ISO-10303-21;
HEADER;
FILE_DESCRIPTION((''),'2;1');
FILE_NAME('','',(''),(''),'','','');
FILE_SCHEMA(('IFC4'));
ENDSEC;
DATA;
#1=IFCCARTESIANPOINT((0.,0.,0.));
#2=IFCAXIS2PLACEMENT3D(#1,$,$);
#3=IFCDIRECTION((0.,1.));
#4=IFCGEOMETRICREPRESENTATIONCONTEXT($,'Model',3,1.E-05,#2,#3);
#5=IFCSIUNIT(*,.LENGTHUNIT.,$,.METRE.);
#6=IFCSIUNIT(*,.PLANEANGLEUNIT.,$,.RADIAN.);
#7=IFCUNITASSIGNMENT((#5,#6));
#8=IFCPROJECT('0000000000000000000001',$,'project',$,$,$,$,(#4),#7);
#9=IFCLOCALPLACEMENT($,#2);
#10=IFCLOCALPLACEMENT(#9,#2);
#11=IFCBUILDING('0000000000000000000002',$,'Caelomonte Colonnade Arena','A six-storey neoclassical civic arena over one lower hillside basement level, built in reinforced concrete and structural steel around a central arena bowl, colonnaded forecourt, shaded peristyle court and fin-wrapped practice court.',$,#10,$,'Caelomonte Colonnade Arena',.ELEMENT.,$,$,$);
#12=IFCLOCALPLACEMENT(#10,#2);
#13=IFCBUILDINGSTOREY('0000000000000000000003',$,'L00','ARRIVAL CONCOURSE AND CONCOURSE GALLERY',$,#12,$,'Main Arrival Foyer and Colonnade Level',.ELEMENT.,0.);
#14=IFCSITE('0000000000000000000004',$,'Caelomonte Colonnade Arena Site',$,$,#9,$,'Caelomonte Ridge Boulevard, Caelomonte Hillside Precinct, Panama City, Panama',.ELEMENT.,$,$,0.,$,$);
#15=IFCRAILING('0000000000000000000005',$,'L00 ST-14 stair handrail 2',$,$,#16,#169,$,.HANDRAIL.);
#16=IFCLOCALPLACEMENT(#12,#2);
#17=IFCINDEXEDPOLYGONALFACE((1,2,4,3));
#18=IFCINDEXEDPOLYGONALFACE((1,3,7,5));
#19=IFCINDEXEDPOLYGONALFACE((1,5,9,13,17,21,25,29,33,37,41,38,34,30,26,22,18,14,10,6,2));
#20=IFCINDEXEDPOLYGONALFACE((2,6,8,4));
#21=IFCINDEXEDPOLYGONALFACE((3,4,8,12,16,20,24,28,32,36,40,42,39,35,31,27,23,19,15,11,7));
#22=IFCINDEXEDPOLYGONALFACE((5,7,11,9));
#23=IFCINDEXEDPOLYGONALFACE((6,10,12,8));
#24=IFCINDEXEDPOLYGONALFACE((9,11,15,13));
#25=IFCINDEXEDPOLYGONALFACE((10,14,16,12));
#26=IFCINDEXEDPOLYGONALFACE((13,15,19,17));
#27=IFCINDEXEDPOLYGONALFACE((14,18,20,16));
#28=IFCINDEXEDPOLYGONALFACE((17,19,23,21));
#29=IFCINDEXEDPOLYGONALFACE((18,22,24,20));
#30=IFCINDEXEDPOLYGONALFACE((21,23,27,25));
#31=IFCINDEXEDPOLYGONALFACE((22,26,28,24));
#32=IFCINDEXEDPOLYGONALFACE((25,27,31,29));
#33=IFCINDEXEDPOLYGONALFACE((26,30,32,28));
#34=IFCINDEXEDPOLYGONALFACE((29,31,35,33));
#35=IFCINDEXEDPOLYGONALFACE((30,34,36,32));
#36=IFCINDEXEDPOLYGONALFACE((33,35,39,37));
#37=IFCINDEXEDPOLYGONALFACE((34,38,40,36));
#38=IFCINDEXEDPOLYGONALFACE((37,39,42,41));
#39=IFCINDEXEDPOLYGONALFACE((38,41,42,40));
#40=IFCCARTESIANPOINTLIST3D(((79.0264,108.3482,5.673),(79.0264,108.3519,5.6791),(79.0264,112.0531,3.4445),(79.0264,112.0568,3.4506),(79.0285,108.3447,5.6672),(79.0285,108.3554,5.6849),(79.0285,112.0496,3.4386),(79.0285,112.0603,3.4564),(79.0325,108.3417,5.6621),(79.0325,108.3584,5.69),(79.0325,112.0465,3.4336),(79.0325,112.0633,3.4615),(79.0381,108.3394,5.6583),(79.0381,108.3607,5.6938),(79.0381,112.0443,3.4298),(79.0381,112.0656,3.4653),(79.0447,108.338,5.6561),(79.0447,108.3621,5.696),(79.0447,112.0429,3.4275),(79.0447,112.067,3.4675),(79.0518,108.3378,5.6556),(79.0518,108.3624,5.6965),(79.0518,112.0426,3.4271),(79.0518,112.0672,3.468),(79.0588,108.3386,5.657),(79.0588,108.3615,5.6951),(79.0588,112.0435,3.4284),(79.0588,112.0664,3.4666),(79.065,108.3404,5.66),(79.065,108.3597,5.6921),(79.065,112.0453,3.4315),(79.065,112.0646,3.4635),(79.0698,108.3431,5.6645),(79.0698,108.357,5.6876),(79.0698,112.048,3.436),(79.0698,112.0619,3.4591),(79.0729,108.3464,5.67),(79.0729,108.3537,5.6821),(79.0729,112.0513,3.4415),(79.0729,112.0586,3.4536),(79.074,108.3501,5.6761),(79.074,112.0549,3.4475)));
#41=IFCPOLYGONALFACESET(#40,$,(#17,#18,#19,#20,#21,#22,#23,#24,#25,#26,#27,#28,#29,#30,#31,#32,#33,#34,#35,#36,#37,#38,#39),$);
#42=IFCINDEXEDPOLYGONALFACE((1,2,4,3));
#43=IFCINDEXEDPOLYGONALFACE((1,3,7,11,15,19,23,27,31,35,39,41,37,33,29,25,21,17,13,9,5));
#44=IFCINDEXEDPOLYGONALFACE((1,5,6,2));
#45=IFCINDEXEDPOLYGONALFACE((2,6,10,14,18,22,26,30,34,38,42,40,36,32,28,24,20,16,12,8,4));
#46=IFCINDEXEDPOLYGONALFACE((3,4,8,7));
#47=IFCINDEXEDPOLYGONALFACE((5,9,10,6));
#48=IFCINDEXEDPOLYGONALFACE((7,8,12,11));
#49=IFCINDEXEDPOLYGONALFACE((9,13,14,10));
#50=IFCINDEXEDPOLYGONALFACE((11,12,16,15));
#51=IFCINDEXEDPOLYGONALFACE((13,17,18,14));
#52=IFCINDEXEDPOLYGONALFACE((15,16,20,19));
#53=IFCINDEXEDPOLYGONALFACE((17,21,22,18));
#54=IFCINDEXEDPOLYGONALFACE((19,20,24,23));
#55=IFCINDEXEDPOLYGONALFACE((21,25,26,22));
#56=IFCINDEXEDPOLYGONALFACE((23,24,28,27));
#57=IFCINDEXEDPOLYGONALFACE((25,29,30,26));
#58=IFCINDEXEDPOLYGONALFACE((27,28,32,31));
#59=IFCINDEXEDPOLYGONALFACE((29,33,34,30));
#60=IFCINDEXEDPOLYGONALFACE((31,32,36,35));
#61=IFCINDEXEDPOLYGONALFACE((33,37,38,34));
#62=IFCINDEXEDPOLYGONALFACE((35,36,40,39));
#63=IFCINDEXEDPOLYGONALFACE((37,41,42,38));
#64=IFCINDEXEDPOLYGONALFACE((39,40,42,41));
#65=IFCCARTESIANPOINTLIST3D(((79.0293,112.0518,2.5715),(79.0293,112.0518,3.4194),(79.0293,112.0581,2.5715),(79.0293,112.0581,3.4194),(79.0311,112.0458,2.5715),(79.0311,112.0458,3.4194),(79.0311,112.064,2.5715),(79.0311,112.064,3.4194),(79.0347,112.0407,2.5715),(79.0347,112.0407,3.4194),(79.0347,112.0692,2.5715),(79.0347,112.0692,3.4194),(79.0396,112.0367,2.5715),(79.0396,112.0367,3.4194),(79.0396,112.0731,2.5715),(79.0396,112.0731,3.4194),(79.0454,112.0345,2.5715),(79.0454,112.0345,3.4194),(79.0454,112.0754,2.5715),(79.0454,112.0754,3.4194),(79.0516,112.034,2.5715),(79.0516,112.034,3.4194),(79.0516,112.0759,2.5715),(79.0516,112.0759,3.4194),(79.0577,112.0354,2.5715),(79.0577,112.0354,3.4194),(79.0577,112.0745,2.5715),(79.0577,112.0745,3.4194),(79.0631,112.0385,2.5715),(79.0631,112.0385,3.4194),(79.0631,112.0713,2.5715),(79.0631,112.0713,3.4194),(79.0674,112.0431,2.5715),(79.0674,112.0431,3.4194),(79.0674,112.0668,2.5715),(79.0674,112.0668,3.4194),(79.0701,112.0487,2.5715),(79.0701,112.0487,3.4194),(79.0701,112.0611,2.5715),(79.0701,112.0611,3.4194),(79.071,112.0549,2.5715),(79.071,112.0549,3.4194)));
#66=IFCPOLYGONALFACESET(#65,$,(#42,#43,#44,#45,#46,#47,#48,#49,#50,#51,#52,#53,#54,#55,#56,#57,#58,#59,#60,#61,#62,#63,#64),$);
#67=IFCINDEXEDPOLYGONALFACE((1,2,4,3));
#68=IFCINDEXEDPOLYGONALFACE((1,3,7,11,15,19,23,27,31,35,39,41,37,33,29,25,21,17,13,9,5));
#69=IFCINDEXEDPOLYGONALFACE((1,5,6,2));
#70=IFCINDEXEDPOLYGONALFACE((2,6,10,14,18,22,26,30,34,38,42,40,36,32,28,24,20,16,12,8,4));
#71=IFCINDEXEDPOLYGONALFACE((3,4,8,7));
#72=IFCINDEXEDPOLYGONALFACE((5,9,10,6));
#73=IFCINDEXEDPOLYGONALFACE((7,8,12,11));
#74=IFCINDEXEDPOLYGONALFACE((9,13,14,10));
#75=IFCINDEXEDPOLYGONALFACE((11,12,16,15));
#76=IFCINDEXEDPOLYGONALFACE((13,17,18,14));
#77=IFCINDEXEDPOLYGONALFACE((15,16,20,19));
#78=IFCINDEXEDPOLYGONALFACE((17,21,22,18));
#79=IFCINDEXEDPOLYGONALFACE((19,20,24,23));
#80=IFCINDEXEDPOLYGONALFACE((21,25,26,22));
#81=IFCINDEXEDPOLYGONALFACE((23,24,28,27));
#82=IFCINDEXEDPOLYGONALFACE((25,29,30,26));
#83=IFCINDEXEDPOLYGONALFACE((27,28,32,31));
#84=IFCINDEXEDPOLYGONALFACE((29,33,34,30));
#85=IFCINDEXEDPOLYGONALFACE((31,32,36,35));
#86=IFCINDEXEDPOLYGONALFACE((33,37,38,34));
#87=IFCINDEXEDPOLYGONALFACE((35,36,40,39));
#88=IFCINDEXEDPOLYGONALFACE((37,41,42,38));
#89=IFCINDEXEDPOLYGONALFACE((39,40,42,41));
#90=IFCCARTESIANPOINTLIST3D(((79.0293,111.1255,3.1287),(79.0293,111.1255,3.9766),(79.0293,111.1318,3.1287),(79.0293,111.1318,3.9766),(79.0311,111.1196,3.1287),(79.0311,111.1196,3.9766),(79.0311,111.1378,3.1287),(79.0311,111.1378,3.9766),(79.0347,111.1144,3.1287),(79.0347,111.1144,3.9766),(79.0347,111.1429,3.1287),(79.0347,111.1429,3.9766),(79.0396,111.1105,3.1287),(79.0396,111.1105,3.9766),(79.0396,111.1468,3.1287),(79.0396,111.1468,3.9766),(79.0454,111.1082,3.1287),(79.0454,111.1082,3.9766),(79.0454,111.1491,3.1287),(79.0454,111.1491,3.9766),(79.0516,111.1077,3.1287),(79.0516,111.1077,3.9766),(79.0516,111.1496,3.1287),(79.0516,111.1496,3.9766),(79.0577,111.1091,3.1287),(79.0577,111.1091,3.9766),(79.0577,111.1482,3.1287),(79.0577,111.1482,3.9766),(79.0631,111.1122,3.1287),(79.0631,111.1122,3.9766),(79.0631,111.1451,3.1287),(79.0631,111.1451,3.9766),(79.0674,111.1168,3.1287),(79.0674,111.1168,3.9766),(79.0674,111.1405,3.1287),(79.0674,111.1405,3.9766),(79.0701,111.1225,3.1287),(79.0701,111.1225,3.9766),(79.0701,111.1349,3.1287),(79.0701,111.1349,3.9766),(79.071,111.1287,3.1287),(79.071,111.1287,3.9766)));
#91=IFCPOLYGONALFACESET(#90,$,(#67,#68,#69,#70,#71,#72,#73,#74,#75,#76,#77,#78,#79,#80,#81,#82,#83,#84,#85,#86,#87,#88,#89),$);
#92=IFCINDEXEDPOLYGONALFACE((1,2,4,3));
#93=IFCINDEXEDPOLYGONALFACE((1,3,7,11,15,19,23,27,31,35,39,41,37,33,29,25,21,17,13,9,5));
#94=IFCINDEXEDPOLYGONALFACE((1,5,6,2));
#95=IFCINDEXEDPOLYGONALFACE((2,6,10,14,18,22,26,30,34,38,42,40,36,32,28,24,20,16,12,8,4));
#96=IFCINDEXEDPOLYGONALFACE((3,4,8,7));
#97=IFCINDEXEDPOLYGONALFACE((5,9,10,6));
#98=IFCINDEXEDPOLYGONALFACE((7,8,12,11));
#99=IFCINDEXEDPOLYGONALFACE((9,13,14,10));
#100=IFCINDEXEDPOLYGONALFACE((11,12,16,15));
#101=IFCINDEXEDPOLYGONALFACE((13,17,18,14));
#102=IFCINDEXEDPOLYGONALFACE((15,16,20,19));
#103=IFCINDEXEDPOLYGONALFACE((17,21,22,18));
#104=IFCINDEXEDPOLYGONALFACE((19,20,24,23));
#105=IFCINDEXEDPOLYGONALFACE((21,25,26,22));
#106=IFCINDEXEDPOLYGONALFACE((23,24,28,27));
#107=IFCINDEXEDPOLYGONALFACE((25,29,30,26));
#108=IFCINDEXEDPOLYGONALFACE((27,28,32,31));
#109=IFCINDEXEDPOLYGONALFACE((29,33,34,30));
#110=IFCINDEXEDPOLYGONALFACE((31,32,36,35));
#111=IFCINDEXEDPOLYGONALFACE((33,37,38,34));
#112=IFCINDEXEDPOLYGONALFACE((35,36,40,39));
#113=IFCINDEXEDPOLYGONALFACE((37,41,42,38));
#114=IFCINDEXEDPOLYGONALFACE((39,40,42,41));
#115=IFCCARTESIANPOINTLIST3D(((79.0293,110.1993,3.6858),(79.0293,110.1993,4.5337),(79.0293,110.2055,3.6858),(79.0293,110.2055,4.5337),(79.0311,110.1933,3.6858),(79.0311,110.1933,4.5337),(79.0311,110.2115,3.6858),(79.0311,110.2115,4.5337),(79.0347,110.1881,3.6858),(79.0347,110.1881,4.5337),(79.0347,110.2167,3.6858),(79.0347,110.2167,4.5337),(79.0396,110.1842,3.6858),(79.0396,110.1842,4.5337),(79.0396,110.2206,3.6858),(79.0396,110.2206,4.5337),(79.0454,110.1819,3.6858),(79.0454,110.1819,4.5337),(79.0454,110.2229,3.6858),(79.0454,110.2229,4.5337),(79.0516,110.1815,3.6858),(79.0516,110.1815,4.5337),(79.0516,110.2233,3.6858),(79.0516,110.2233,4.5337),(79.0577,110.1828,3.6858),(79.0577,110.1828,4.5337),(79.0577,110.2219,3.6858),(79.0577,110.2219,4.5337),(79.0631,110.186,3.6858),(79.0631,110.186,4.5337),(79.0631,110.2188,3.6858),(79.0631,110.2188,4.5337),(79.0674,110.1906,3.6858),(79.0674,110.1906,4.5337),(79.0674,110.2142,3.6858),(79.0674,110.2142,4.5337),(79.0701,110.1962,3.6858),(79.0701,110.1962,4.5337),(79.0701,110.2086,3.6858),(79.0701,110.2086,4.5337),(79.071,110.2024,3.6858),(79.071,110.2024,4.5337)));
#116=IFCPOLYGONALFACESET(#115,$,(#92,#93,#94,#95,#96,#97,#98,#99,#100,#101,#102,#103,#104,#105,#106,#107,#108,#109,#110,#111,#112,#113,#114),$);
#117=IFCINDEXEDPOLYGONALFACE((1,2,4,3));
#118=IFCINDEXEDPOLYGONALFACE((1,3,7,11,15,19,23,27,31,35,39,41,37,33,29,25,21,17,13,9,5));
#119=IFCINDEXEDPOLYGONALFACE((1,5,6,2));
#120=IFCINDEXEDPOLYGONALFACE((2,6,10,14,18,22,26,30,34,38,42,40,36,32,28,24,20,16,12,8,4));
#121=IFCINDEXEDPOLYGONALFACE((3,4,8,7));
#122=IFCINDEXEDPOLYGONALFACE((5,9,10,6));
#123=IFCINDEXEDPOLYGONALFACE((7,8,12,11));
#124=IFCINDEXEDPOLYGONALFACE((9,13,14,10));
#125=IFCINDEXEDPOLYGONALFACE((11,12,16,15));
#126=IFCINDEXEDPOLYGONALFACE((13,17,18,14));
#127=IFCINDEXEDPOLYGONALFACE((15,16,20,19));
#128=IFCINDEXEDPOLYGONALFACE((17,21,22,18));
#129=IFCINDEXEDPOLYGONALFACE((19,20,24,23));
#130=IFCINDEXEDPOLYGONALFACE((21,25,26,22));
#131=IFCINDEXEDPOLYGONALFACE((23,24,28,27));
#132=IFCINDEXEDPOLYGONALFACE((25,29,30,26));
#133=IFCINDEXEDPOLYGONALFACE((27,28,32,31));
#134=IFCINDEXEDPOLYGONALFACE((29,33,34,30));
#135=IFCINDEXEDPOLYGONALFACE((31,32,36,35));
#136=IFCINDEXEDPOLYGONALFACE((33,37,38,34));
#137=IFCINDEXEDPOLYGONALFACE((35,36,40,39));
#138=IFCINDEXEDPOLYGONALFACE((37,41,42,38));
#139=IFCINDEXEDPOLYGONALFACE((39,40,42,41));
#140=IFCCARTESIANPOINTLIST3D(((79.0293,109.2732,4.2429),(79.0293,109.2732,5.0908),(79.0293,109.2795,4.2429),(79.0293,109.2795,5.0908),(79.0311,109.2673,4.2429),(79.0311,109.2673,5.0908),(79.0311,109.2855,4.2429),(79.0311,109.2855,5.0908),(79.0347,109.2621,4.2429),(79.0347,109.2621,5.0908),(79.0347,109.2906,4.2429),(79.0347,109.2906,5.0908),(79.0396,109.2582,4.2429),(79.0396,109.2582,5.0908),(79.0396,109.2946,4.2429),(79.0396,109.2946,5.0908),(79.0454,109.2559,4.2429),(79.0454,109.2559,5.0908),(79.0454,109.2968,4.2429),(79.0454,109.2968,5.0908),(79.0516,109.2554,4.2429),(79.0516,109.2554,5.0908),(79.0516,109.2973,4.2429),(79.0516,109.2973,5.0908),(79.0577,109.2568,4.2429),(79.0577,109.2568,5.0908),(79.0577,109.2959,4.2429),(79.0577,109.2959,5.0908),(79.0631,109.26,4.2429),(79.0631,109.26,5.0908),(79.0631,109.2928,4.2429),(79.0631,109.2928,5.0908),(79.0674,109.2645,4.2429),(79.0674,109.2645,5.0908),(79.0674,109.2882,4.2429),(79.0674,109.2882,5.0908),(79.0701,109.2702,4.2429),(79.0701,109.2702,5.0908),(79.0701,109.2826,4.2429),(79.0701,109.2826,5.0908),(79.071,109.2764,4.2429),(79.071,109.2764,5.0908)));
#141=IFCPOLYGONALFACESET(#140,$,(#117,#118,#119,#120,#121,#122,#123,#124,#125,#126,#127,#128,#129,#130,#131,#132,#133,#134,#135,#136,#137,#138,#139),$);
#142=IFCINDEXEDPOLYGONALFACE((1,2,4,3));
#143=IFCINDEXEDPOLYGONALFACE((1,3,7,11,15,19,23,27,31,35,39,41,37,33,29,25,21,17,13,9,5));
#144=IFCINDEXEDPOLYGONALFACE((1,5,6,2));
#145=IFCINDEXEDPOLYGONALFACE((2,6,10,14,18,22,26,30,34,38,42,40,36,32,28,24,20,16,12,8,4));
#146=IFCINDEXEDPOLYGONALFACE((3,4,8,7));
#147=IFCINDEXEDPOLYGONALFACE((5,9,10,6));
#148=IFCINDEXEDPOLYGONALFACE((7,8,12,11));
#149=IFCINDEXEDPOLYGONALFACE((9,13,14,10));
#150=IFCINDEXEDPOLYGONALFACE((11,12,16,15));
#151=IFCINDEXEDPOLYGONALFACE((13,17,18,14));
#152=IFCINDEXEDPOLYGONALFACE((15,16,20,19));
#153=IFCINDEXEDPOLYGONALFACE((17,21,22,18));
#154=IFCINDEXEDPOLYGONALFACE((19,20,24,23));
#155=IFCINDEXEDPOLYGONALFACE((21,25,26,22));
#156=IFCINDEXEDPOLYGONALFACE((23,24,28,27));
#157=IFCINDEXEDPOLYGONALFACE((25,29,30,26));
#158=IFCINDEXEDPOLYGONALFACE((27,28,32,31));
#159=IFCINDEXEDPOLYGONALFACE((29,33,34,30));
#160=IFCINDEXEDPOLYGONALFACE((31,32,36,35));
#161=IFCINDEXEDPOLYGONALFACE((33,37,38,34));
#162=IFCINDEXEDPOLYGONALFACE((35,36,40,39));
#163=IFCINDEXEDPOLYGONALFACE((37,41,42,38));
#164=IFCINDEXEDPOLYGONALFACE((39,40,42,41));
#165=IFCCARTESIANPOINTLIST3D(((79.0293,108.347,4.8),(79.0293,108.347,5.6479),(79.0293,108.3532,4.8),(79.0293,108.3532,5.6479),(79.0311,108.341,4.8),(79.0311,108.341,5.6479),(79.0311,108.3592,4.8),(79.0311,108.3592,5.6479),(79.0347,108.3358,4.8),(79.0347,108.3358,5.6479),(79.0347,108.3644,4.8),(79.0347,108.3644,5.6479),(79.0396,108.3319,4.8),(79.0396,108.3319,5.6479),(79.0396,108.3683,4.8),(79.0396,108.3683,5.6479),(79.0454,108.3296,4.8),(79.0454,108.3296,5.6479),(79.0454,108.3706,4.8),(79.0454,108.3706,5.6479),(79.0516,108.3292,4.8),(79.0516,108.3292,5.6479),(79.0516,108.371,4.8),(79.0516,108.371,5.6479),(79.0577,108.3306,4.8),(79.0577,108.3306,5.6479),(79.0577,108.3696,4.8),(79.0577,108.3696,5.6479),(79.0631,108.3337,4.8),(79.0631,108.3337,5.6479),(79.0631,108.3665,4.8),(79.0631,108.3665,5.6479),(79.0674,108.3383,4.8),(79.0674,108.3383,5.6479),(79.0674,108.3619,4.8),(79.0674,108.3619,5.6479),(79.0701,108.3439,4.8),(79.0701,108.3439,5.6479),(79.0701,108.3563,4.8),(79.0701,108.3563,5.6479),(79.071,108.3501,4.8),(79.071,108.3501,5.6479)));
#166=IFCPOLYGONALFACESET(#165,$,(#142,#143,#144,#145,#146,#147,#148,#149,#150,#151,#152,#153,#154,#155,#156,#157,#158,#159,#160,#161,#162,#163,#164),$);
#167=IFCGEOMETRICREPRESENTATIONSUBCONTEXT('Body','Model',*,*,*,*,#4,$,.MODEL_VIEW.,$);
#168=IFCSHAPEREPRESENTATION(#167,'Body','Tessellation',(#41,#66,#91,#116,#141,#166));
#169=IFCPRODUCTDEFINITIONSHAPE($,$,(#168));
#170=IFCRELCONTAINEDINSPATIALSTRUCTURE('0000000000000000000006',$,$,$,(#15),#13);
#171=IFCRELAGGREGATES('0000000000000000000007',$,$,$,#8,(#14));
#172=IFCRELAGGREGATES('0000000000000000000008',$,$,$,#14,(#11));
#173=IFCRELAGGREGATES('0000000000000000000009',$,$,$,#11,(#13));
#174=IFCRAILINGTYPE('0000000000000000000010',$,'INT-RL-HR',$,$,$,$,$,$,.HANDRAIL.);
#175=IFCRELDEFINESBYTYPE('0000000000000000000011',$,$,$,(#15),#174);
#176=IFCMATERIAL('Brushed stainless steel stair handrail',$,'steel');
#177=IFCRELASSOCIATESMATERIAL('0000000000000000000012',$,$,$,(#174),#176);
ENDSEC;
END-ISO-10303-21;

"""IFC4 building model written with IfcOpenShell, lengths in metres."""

from ifc_helpers import new_model, si_unit, direction, frame, origin, origin_2d, place, context, subcontext, project, spatial, circle, extrude, material, type_object, element, save


model = new_model("IFC4")

# Units and contexts
model_context = context("Model", 3, precision=1e-05, world=origin(), true_north=direction((0.0, 1.0)))
body_context = subcontext(model_context, "Body", "Model", "MODEL_VIEW")
ifc_project = project(units=[si_unit("LENGTHUNIT", "METRE"), si_unit("PLANEANGLEUNIT", "RADIAN")], contexts=[model_context])

# Site, building, storey
site_placement = place(None, origin())
site = spatial("IfcSite", under=ifc_project, at=site_placement, Name="Caelomonte Colonnade Arena Site", LongName="Caelomonte Ridge Boulevard, Caelomonte Hillside Precinct, Panama City, Panama", CompositionType="ELEMENT", RefElevation=0.0)
building_placement = place(site_placement, origin())
building = spatial("IfcBuilding", under=site, at=building_placement, Name="Caelomonte Colonnade Arena", Description="A six-storey neoclassical civic arena over one lower hillside basement level, built in reinforced concrete and structural steel around a central arena bowl, colonnaded forecourt, shaded peristyle court and fin-wrapped practice court.", LongName="Caelomonte Colonnade Arena", CompositionType="ELEMENT")
storey_placement = place(building_placement, origin())
storey = spatial("IfcBuildingStorey", under=building, at=storey_placement, Name="L00", Description="ARRIVAL CONCOURSE AND CONCOURSE GALLERY", LongName="Main Arrival Foyer and Colonnade Level", CompositionType="ELEMENT", Elevation=0.0)

# Railing
ifc_material_1 = material(Name="Brushed stainless steel stair handrail", Category="steel")
railing_type_1 = type_object("IfcRailingType", Name="INT-RL-HR", PredefinedType="HANDRAIL", material=ifc_material_1)
railing_1_placement = place(storey_placement, frame((79.05, 112.0549, 2.5715)))
element("IfcRailing", 1, at=railing_1_placement, inside=storey, type_object=railing_type_1, Name="L00 ST-14 stair handrail 2", PredefinedType="HANDRAIL", context=body_context, shape_type="SweptSolid", body=[
    extrude(circle(Radius=0.0239, at=origin_2d()), frame((0.0, 0.0, 0.876), z_axis=(0.0, -0.856919, 0.51545), x_axis=(1.0, 0.0, 0.0)), (0.0, 0.0, 1.0), 4.3235),
    extrude(circle(Radius=0.021, at=origin_2d()), origin(), (0.0, 0.0, 1.0), 0.8479),
    extrude(circle(Radius=0.021, at=origin_2d()), frame((0.0, -0.9263, 0.5571)), (0.0, 0.0, 1.0), 0.8479),
    extrude(circle(Radius=0.021, at=origin_2d()), frame((0.0, -1.8525, 1.1143)), (0.0, 0.0, 1.0), 0.8479),
    extrude(circle(Radius=0.021, at=origin_2d()), frame((0.0, -2.7786, 1.6714)), (0.0, 0.0, 1.0), 0.8479),
    extrude(circle(Radius=0.021, at=origin_2d()), frame((0.0, -3.7048, 2.2285)), (0.0, 0.0, 1.0), 0.8479),
])

save(model, "model.ifc")
